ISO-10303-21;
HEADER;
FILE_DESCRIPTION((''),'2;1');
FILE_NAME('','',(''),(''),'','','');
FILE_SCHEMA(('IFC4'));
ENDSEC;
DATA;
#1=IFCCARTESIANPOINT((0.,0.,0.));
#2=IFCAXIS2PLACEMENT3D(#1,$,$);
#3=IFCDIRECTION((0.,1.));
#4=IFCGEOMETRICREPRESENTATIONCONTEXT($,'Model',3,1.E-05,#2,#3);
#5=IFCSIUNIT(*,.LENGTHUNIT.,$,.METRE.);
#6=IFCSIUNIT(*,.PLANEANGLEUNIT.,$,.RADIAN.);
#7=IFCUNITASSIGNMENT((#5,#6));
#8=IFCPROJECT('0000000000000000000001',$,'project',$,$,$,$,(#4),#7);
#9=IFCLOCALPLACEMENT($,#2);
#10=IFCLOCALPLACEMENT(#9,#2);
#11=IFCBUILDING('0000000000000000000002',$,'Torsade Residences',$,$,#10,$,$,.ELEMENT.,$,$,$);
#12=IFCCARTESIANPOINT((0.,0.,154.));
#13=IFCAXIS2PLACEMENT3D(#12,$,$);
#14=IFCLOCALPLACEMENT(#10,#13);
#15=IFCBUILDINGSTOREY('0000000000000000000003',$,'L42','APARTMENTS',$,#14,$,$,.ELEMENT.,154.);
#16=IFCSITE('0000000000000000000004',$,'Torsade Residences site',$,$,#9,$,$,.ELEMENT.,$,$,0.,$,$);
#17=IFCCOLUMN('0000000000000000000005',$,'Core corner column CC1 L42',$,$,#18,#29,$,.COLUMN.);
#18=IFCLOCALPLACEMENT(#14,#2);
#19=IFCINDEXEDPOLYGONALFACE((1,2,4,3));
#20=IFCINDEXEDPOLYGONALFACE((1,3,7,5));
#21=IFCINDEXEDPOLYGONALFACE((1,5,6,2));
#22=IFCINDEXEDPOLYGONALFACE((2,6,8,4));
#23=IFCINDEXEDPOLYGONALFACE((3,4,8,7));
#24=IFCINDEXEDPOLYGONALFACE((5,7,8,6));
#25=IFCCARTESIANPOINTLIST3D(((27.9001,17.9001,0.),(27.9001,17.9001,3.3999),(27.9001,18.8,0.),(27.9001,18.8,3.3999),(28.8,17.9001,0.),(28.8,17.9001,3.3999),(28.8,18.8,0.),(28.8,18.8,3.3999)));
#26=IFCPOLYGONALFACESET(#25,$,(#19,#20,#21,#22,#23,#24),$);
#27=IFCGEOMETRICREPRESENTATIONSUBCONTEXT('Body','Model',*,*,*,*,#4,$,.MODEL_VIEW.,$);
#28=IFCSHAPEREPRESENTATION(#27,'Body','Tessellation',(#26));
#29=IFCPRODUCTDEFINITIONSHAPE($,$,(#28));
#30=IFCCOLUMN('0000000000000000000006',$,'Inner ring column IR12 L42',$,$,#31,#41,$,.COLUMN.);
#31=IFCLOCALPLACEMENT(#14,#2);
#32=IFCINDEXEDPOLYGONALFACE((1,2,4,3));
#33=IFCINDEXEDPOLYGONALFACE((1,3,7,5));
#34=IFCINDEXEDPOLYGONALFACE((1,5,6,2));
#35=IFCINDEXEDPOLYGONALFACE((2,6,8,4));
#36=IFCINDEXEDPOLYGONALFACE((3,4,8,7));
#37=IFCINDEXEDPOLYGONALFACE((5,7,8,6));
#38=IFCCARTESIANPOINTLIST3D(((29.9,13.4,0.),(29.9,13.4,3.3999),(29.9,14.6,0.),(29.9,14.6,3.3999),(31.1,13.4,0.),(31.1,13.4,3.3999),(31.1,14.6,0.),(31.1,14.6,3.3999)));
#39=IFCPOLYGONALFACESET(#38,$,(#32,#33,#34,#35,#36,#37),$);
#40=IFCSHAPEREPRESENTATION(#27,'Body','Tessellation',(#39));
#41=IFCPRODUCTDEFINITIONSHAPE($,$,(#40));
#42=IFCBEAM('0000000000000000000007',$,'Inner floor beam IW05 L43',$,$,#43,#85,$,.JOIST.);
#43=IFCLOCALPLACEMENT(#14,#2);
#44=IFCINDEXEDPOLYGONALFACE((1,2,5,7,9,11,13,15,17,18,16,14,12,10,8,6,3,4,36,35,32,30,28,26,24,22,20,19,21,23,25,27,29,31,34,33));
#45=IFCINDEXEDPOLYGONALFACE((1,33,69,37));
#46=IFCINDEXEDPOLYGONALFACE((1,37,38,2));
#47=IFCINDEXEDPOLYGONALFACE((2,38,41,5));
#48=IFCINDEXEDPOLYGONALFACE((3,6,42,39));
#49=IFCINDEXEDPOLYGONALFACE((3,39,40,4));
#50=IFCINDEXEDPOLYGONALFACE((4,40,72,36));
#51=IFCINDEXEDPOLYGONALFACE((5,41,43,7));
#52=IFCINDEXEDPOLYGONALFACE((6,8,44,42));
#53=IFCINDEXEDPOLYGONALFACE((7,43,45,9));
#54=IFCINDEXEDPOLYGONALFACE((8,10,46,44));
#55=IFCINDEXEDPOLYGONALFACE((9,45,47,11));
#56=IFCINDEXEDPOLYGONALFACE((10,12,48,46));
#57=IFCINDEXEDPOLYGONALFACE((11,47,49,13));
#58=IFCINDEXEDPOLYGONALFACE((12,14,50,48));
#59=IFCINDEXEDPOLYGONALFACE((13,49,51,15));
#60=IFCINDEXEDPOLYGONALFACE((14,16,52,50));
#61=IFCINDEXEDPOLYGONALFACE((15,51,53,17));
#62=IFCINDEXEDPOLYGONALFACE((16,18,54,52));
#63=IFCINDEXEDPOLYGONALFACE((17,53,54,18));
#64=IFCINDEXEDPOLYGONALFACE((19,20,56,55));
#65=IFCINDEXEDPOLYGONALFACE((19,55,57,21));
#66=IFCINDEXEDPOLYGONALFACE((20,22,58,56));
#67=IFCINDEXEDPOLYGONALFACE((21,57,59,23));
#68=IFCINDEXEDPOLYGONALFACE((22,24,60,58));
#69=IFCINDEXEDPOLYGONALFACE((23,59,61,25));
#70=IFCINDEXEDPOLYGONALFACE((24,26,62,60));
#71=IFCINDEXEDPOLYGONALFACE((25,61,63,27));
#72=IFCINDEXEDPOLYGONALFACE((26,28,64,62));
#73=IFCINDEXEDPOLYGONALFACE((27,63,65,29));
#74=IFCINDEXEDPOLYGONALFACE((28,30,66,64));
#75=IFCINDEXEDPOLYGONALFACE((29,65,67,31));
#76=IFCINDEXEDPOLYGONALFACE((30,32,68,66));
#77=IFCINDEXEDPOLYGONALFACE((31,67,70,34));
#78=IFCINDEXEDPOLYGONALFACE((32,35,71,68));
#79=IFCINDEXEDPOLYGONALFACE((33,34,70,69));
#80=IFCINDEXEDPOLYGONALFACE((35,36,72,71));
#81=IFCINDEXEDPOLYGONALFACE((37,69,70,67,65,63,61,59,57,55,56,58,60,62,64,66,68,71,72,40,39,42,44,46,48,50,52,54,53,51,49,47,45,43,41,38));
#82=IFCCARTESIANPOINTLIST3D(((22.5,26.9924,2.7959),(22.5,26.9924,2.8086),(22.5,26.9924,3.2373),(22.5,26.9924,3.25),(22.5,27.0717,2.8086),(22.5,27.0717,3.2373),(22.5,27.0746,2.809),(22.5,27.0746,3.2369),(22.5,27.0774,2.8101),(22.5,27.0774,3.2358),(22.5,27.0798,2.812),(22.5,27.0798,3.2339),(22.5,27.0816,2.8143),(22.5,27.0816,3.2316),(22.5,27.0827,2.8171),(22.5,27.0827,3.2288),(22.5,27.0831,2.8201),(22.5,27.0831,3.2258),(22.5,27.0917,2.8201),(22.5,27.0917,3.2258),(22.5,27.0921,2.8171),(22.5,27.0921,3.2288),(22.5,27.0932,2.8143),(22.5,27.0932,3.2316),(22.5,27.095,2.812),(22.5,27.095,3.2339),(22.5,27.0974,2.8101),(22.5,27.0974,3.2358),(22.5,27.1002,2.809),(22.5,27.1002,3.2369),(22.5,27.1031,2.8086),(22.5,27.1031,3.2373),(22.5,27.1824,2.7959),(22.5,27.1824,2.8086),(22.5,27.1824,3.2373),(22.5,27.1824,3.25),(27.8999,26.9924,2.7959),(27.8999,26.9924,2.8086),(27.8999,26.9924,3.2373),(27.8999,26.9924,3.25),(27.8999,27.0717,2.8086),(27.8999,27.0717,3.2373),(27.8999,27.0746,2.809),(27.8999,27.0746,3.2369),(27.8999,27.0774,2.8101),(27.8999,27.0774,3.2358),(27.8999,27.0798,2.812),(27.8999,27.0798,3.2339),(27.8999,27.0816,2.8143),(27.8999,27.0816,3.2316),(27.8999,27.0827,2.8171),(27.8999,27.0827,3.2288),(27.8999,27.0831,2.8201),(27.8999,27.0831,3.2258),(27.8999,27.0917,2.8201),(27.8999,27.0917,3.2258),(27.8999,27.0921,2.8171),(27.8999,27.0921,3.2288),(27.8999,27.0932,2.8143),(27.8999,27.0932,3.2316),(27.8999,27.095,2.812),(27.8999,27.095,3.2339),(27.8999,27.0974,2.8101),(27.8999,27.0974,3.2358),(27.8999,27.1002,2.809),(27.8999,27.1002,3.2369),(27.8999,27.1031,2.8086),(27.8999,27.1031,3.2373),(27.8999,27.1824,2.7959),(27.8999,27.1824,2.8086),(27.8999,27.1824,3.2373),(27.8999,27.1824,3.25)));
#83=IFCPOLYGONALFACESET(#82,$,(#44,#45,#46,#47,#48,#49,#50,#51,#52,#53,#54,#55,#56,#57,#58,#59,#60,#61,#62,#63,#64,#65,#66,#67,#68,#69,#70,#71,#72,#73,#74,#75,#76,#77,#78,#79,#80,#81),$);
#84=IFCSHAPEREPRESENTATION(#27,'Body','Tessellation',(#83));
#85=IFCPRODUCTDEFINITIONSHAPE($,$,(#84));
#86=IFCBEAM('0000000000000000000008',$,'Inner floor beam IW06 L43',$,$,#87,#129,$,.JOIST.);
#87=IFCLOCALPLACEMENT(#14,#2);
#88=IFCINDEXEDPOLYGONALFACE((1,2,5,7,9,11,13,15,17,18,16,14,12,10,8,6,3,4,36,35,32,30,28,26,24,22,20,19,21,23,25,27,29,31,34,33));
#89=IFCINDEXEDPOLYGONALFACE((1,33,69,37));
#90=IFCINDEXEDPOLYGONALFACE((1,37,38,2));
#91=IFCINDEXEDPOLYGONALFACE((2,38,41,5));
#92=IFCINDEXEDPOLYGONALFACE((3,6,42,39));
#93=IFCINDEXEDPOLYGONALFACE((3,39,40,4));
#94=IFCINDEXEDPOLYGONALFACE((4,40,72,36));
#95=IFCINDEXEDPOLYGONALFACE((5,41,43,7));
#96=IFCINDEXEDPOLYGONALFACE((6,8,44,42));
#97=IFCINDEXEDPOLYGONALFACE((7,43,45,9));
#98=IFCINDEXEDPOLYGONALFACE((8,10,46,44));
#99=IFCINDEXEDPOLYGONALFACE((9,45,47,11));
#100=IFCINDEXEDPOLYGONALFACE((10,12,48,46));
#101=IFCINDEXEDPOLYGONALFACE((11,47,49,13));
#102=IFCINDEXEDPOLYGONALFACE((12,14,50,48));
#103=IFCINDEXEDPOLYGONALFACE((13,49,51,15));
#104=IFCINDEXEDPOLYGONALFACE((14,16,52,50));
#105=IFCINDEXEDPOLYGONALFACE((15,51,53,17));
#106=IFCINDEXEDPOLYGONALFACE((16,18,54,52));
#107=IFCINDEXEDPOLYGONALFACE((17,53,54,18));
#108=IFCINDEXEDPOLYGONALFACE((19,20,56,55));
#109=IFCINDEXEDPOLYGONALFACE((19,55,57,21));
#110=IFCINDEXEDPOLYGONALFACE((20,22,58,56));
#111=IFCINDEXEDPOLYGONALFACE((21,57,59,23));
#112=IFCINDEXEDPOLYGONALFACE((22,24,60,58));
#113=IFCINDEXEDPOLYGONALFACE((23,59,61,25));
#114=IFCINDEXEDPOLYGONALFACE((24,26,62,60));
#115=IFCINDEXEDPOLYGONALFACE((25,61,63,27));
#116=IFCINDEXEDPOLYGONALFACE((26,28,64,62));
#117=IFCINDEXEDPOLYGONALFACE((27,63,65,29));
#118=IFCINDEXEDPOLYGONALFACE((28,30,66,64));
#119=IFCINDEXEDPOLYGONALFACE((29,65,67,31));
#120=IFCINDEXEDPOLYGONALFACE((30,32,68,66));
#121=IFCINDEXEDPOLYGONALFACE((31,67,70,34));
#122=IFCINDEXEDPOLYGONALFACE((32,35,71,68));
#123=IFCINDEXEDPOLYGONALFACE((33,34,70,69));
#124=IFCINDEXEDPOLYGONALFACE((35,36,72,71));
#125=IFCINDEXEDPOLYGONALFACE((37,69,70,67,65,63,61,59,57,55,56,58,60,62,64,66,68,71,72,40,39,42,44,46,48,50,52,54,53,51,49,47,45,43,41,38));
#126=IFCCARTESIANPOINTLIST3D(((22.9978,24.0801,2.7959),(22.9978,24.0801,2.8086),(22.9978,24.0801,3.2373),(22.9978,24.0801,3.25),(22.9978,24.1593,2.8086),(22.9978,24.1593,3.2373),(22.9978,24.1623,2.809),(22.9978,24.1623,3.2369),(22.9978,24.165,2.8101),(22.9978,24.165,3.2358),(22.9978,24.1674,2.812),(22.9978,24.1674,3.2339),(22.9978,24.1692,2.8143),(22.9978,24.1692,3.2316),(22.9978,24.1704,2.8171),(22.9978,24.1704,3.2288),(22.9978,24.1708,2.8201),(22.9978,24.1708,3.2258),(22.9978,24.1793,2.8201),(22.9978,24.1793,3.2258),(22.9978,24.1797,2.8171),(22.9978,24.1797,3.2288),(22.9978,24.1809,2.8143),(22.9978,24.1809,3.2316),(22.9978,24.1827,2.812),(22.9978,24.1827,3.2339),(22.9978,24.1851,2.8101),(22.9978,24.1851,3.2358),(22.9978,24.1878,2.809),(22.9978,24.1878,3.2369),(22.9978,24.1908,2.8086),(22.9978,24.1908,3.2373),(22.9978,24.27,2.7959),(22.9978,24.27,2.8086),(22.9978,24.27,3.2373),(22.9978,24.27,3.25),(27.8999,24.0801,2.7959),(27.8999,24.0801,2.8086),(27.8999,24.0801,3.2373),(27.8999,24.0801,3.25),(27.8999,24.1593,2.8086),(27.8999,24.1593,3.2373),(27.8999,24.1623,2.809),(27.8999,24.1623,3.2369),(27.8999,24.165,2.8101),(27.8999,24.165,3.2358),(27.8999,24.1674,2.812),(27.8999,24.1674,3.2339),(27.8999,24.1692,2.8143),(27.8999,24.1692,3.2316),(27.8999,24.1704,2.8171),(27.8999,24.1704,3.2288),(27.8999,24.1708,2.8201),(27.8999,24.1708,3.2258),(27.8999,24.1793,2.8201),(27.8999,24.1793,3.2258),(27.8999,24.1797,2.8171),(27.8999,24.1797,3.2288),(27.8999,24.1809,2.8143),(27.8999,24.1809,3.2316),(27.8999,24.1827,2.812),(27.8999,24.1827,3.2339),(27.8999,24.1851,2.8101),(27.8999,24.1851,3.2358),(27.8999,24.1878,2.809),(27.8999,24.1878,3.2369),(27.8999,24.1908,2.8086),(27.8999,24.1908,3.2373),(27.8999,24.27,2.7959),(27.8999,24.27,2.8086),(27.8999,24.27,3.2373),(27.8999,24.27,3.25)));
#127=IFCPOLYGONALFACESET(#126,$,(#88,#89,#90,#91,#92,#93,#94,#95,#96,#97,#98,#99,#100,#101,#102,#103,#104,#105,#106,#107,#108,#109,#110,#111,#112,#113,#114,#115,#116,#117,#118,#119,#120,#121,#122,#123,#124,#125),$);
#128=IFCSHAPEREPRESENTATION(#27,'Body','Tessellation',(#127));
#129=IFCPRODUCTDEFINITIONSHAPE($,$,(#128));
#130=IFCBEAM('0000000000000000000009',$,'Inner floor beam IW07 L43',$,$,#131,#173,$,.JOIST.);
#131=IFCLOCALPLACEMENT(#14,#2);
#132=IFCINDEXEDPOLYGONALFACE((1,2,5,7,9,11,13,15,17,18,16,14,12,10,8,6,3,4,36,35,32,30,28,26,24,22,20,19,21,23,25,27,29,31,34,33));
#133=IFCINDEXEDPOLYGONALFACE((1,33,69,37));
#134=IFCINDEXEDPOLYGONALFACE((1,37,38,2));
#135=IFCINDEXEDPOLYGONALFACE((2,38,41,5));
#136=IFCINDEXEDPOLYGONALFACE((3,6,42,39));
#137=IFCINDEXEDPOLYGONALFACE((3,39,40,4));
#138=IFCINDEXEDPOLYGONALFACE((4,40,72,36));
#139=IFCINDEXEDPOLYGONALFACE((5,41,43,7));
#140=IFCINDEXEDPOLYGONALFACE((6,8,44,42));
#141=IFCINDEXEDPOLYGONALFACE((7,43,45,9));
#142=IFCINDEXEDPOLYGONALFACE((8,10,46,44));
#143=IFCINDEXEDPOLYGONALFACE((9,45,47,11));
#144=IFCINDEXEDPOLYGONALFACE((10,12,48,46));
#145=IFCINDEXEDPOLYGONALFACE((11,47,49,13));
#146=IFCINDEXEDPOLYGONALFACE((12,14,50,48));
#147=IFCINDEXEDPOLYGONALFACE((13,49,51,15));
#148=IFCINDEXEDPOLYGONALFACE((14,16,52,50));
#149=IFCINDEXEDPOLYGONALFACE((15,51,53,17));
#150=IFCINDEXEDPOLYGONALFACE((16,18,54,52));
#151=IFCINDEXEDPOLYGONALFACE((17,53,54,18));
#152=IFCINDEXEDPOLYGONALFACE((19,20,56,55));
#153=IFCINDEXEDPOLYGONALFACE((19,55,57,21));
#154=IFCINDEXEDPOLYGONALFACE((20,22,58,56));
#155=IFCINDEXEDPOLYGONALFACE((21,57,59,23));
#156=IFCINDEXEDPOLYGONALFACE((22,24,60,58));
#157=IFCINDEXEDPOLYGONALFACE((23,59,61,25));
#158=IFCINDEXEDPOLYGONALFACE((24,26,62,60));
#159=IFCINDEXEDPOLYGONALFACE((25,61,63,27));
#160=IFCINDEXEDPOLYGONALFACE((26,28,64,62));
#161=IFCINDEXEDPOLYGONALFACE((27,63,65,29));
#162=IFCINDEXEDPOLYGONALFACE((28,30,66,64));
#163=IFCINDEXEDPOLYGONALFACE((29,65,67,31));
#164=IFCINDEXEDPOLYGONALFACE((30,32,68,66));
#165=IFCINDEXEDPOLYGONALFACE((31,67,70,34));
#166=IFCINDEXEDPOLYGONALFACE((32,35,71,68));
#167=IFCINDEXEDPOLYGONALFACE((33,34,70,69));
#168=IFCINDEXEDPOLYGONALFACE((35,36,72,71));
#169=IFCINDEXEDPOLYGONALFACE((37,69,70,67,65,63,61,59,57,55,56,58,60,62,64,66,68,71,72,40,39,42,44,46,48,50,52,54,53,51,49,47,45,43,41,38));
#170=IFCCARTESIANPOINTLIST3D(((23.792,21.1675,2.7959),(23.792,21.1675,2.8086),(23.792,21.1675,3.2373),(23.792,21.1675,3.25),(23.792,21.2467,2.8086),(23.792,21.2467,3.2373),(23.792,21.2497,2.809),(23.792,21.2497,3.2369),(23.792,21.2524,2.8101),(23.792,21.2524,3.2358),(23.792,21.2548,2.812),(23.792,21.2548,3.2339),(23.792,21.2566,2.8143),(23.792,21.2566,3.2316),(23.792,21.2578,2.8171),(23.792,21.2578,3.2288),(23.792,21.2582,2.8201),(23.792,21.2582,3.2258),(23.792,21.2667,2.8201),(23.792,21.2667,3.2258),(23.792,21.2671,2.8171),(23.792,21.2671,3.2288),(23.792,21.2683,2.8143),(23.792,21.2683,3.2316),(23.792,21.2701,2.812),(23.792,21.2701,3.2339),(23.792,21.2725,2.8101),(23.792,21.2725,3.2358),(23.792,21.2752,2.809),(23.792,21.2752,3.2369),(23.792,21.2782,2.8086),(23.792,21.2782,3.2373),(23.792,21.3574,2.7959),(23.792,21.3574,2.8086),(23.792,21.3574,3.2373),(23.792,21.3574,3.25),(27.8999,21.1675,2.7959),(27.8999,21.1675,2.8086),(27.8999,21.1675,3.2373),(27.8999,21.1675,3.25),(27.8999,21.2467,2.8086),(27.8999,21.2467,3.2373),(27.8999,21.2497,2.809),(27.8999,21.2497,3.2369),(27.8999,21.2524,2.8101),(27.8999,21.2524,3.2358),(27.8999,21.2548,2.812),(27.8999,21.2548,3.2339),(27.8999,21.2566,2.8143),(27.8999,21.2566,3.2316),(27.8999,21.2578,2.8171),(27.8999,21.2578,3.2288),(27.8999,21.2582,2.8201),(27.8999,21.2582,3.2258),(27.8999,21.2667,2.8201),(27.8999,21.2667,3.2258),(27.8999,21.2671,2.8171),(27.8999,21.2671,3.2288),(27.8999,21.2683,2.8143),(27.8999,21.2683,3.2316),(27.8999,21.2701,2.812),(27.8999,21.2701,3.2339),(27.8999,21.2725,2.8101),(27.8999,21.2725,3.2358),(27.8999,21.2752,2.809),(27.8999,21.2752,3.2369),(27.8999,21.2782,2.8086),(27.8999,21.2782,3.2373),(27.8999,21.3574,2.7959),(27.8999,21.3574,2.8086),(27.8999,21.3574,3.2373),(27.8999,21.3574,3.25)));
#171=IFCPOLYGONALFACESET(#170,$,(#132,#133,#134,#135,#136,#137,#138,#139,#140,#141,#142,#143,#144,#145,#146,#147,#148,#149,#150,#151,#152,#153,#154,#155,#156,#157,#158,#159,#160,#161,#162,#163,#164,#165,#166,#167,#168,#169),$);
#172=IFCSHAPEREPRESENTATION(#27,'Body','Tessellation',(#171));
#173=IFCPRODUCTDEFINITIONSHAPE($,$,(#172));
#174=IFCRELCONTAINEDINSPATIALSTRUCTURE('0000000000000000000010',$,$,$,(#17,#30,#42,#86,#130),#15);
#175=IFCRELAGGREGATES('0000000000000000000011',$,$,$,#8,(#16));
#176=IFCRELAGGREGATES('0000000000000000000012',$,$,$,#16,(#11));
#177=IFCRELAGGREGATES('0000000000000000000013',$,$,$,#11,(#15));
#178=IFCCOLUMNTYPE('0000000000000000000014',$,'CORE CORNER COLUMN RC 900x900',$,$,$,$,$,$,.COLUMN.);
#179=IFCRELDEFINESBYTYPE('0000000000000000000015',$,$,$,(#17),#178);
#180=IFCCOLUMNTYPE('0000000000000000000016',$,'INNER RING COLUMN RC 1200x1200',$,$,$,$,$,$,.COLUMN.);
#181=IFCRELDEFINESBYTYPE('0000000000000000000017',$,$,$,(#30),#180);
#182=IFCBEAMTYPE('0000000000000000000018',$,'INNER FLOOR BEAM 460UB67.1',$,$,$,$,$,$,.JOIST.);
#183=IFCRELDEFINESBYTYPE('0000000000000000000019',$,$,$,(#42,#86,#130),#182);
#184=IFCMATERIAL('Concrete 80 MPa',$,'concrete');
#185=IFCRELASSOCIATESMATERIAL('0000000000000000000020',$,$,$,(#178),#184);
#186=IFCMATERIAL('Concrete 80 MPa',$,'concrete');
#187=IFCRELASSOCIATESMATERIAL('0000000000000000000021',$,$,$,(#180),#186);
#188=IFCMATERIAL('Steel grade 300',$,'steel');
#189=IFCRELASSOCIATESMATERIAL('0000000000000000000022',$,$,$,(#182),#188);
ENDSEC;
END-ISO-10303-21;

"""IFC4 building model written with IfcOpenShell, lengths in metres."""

from ifc_helpers import new_model, si_unit, direction, frame, origin, origin_2d, place, context, subcontext, project, spatial, rectangle, i_section, extrude, material, material_profile, profile_set, type_object, element, save


model = new_model("IFC4")

# Units and contexts
model_context = context("Model", 3, precision=1e-05, world=origin(), true_north=direction((0.0, 1.0)))
body_context = subcontext(model_context, "Body", "Model", "MODEL_VIEW")
ifc_project = project(units=[si_unit("LENGTHUNIT", "METRE"), si_unit("PLANEANGLEUNIT", "RADIAN")], contexts=[model_context])

# Site, building, storey
site_placement = place(None, origin())
site = spatial("IfcSite", under=ifc_project, at=site_placement, Name="Torsade Residences site", CompositionType="ELEMENT", RefElevation=0.0)
building_placement = place(site_placement, origin())
building = spatial("IfcBuilding", under=site, at=building_placement, Name="Torsade Residences", CompositionType="ELEMENT")
storey_placement = place(building_placement, frame((0.0, 0.0, 154.0)))
storey = spatial("IfcBuildingStorey", under=building, at=storey_placement, Name="L42", Description="APARTMENTS", CompositionType="ELEMENT", Elevation=154.0)

# Columns
ifc_material_1 = material(Name="Concrete 80 MPa", Category="concrete")
ifc_material_profile_1 = material_profile(ifc_material_1, rectangle(XDim=0.8999, YDim=0.8999, at=origin_2d()), Name="RC 900x900")
ifc_profile_set_1 = profile_set([ifc_material_profile_1], Name="Concrete 80 MPa")
column_type_1 = type_object("IfcColumnType", Name="CORE CORNER COLUMN RC 900x900", PredefinedType="COLUMN", material=ifc_profile_set_1)
column_1_placement = place(storey_placement, frame((28.3501, 18.3501, 0.0), z_axis=(0.0, 0.0, 1.0), x_axis=(1.0, 0.0, 0.0)))
element("IfcColumn", 1, at=column_1_placement, inside=storey, type_object=column_type_1, Name="Core corner column CC1 L42", PredefinedType="COLUMN", context=body_context, shape_type="SweptSolid", body=[
    extrude(rectangle(XDim=0.8999, YDim=0.8999, at=origin_2d()), origin(), (0.0, 0.0, 1.0), 3.3999),
])
ifc_material_2 = material(Name="Concrete 80 MPa", Category="concrete")
ifc_material_profile_2 = material_profile(ifc_material_2, rectangle(XDim=1.2, YDim=1.2, at=origin_2d()), Name="RC 1200x1200")
ifc_profile_set_2 = profile_set([ifc_material_profile_2], Name="Concrete 80 MPa")
column_type_2 = type_object("IfcColumnType", Name="INNER RING COLUMN RC 1200x1200", PredefinedType="COLUMN", material=ifc_profile_set_2)
column_2_placement = place(storey_placement, frame((30.5, 14.0, 0.0), z_axis=(0.0, 0.0, 1.0), x_axis=(1.0, 0.0, 0.0)))
element("IfcColumn", 2, at=column_2_placement, inside=storey, type_object=column_type_2, Name="Inner ring column IR12 L42", PredefinedType="COLUMN", context=body_context, shape_type="SweptSolid", body=[
    extrude(rectangle(XDim=1.2, YDim=1.2, at=origin_2d()), origin(), (0.0, 0.0, 1.0), 3.3999),
])

# Beams
ifc_material_3 = material(Name="Steel grade 300", Category="steel")
ifc_material_profile_3 = material_profile(ifc_material_3, i_section(OverallWidth=0.1899, OverallDepth=0.4541, WebThickness=0.0085, FlangeThickness=0.0127, FilletRadius=0.0115, at=origin_2d()), Name="460UB67.1")
ifc_profile_set_3 = profile_set([ifc_material_profile_3], Name="Steel grade 300")
beam_type_1 = type_object("IfcBeamType", Name="INNER FLOOR BEAM 460UB67.1", PredefinedType="JOIST", material=ifc_profile_set_3)
beam_1_placement = place(storey_placement, frame((27.8999, 27.0874, 3.0229), z_axis=(-1.0, 0.0, 0.0), x_axis=(0.0, -1.0, 0.0)))
element("IfcBeam", 3, at=beam_1_placement, inside=storey, type_object=beam_type_1, Name="Inner floor beam IW05 L43", PredefinedType="JOIST", context=body_context, shape_type="SweptSolid", body=[
    extrude(i_section(OverallWidth=0.1899, OverallDepth=0.4541, WebThickness=0.0085, FlangeThickness=0.0127, FilletRadius=0.0115, at=origin_2d()), origin(), (0.0, 0.0, 1.0), 5.3999),
])
beam_2_placement = place(storey_placement, frame((27.8999, 24.175, 3.0229), z_axis=(-1.0, 0.0, 0.0), x_axis=(0.0, -1.0, 0.0)))
element("IfcBeam", 4, at=beam_2_placement, inside=storey, type_object=beam_type_1, Name="Inner floor beam IW06 L43", PredefinedType="JOIST", context=body_context, shape_type="SweptSolid", body=[
    extrude(i_section(OverallWidth=0.1899, OverallDepth=0.4541, WebThickness=0.0085, FlangeThickness=0.0127, FilletRadius=0.0115, at=origin_2d()), origin(), (0.0, 0.0, 1.0), 4.9021),
])
beam_3_placement = place(storey_placement, frame((27.8999, 21.2625, 3.0229), z_axis=(-1.0, 0.0, 0.0), x_axis=(0.0, -1.0, 0.0)))
element("IfcBeam", 5, at=beam_3_placement, inside=storey, type_object=beam_type_1, Name="Inner floor beam IW07 L43", PredefinedType="JOIST", context=body_context, shape_type="SweptSolid", body=[
    extrude(i_section(OverallWidth=0.1899, OverallDepth=0.4541, WebThickness=0.0085, FlangeThickness=0.0127, FilletRadius=0.0115, at=origin_2d()), origin(), (0.0, 0.0, 1.0), 4.1079),
])

save(model, "model.ifc")
